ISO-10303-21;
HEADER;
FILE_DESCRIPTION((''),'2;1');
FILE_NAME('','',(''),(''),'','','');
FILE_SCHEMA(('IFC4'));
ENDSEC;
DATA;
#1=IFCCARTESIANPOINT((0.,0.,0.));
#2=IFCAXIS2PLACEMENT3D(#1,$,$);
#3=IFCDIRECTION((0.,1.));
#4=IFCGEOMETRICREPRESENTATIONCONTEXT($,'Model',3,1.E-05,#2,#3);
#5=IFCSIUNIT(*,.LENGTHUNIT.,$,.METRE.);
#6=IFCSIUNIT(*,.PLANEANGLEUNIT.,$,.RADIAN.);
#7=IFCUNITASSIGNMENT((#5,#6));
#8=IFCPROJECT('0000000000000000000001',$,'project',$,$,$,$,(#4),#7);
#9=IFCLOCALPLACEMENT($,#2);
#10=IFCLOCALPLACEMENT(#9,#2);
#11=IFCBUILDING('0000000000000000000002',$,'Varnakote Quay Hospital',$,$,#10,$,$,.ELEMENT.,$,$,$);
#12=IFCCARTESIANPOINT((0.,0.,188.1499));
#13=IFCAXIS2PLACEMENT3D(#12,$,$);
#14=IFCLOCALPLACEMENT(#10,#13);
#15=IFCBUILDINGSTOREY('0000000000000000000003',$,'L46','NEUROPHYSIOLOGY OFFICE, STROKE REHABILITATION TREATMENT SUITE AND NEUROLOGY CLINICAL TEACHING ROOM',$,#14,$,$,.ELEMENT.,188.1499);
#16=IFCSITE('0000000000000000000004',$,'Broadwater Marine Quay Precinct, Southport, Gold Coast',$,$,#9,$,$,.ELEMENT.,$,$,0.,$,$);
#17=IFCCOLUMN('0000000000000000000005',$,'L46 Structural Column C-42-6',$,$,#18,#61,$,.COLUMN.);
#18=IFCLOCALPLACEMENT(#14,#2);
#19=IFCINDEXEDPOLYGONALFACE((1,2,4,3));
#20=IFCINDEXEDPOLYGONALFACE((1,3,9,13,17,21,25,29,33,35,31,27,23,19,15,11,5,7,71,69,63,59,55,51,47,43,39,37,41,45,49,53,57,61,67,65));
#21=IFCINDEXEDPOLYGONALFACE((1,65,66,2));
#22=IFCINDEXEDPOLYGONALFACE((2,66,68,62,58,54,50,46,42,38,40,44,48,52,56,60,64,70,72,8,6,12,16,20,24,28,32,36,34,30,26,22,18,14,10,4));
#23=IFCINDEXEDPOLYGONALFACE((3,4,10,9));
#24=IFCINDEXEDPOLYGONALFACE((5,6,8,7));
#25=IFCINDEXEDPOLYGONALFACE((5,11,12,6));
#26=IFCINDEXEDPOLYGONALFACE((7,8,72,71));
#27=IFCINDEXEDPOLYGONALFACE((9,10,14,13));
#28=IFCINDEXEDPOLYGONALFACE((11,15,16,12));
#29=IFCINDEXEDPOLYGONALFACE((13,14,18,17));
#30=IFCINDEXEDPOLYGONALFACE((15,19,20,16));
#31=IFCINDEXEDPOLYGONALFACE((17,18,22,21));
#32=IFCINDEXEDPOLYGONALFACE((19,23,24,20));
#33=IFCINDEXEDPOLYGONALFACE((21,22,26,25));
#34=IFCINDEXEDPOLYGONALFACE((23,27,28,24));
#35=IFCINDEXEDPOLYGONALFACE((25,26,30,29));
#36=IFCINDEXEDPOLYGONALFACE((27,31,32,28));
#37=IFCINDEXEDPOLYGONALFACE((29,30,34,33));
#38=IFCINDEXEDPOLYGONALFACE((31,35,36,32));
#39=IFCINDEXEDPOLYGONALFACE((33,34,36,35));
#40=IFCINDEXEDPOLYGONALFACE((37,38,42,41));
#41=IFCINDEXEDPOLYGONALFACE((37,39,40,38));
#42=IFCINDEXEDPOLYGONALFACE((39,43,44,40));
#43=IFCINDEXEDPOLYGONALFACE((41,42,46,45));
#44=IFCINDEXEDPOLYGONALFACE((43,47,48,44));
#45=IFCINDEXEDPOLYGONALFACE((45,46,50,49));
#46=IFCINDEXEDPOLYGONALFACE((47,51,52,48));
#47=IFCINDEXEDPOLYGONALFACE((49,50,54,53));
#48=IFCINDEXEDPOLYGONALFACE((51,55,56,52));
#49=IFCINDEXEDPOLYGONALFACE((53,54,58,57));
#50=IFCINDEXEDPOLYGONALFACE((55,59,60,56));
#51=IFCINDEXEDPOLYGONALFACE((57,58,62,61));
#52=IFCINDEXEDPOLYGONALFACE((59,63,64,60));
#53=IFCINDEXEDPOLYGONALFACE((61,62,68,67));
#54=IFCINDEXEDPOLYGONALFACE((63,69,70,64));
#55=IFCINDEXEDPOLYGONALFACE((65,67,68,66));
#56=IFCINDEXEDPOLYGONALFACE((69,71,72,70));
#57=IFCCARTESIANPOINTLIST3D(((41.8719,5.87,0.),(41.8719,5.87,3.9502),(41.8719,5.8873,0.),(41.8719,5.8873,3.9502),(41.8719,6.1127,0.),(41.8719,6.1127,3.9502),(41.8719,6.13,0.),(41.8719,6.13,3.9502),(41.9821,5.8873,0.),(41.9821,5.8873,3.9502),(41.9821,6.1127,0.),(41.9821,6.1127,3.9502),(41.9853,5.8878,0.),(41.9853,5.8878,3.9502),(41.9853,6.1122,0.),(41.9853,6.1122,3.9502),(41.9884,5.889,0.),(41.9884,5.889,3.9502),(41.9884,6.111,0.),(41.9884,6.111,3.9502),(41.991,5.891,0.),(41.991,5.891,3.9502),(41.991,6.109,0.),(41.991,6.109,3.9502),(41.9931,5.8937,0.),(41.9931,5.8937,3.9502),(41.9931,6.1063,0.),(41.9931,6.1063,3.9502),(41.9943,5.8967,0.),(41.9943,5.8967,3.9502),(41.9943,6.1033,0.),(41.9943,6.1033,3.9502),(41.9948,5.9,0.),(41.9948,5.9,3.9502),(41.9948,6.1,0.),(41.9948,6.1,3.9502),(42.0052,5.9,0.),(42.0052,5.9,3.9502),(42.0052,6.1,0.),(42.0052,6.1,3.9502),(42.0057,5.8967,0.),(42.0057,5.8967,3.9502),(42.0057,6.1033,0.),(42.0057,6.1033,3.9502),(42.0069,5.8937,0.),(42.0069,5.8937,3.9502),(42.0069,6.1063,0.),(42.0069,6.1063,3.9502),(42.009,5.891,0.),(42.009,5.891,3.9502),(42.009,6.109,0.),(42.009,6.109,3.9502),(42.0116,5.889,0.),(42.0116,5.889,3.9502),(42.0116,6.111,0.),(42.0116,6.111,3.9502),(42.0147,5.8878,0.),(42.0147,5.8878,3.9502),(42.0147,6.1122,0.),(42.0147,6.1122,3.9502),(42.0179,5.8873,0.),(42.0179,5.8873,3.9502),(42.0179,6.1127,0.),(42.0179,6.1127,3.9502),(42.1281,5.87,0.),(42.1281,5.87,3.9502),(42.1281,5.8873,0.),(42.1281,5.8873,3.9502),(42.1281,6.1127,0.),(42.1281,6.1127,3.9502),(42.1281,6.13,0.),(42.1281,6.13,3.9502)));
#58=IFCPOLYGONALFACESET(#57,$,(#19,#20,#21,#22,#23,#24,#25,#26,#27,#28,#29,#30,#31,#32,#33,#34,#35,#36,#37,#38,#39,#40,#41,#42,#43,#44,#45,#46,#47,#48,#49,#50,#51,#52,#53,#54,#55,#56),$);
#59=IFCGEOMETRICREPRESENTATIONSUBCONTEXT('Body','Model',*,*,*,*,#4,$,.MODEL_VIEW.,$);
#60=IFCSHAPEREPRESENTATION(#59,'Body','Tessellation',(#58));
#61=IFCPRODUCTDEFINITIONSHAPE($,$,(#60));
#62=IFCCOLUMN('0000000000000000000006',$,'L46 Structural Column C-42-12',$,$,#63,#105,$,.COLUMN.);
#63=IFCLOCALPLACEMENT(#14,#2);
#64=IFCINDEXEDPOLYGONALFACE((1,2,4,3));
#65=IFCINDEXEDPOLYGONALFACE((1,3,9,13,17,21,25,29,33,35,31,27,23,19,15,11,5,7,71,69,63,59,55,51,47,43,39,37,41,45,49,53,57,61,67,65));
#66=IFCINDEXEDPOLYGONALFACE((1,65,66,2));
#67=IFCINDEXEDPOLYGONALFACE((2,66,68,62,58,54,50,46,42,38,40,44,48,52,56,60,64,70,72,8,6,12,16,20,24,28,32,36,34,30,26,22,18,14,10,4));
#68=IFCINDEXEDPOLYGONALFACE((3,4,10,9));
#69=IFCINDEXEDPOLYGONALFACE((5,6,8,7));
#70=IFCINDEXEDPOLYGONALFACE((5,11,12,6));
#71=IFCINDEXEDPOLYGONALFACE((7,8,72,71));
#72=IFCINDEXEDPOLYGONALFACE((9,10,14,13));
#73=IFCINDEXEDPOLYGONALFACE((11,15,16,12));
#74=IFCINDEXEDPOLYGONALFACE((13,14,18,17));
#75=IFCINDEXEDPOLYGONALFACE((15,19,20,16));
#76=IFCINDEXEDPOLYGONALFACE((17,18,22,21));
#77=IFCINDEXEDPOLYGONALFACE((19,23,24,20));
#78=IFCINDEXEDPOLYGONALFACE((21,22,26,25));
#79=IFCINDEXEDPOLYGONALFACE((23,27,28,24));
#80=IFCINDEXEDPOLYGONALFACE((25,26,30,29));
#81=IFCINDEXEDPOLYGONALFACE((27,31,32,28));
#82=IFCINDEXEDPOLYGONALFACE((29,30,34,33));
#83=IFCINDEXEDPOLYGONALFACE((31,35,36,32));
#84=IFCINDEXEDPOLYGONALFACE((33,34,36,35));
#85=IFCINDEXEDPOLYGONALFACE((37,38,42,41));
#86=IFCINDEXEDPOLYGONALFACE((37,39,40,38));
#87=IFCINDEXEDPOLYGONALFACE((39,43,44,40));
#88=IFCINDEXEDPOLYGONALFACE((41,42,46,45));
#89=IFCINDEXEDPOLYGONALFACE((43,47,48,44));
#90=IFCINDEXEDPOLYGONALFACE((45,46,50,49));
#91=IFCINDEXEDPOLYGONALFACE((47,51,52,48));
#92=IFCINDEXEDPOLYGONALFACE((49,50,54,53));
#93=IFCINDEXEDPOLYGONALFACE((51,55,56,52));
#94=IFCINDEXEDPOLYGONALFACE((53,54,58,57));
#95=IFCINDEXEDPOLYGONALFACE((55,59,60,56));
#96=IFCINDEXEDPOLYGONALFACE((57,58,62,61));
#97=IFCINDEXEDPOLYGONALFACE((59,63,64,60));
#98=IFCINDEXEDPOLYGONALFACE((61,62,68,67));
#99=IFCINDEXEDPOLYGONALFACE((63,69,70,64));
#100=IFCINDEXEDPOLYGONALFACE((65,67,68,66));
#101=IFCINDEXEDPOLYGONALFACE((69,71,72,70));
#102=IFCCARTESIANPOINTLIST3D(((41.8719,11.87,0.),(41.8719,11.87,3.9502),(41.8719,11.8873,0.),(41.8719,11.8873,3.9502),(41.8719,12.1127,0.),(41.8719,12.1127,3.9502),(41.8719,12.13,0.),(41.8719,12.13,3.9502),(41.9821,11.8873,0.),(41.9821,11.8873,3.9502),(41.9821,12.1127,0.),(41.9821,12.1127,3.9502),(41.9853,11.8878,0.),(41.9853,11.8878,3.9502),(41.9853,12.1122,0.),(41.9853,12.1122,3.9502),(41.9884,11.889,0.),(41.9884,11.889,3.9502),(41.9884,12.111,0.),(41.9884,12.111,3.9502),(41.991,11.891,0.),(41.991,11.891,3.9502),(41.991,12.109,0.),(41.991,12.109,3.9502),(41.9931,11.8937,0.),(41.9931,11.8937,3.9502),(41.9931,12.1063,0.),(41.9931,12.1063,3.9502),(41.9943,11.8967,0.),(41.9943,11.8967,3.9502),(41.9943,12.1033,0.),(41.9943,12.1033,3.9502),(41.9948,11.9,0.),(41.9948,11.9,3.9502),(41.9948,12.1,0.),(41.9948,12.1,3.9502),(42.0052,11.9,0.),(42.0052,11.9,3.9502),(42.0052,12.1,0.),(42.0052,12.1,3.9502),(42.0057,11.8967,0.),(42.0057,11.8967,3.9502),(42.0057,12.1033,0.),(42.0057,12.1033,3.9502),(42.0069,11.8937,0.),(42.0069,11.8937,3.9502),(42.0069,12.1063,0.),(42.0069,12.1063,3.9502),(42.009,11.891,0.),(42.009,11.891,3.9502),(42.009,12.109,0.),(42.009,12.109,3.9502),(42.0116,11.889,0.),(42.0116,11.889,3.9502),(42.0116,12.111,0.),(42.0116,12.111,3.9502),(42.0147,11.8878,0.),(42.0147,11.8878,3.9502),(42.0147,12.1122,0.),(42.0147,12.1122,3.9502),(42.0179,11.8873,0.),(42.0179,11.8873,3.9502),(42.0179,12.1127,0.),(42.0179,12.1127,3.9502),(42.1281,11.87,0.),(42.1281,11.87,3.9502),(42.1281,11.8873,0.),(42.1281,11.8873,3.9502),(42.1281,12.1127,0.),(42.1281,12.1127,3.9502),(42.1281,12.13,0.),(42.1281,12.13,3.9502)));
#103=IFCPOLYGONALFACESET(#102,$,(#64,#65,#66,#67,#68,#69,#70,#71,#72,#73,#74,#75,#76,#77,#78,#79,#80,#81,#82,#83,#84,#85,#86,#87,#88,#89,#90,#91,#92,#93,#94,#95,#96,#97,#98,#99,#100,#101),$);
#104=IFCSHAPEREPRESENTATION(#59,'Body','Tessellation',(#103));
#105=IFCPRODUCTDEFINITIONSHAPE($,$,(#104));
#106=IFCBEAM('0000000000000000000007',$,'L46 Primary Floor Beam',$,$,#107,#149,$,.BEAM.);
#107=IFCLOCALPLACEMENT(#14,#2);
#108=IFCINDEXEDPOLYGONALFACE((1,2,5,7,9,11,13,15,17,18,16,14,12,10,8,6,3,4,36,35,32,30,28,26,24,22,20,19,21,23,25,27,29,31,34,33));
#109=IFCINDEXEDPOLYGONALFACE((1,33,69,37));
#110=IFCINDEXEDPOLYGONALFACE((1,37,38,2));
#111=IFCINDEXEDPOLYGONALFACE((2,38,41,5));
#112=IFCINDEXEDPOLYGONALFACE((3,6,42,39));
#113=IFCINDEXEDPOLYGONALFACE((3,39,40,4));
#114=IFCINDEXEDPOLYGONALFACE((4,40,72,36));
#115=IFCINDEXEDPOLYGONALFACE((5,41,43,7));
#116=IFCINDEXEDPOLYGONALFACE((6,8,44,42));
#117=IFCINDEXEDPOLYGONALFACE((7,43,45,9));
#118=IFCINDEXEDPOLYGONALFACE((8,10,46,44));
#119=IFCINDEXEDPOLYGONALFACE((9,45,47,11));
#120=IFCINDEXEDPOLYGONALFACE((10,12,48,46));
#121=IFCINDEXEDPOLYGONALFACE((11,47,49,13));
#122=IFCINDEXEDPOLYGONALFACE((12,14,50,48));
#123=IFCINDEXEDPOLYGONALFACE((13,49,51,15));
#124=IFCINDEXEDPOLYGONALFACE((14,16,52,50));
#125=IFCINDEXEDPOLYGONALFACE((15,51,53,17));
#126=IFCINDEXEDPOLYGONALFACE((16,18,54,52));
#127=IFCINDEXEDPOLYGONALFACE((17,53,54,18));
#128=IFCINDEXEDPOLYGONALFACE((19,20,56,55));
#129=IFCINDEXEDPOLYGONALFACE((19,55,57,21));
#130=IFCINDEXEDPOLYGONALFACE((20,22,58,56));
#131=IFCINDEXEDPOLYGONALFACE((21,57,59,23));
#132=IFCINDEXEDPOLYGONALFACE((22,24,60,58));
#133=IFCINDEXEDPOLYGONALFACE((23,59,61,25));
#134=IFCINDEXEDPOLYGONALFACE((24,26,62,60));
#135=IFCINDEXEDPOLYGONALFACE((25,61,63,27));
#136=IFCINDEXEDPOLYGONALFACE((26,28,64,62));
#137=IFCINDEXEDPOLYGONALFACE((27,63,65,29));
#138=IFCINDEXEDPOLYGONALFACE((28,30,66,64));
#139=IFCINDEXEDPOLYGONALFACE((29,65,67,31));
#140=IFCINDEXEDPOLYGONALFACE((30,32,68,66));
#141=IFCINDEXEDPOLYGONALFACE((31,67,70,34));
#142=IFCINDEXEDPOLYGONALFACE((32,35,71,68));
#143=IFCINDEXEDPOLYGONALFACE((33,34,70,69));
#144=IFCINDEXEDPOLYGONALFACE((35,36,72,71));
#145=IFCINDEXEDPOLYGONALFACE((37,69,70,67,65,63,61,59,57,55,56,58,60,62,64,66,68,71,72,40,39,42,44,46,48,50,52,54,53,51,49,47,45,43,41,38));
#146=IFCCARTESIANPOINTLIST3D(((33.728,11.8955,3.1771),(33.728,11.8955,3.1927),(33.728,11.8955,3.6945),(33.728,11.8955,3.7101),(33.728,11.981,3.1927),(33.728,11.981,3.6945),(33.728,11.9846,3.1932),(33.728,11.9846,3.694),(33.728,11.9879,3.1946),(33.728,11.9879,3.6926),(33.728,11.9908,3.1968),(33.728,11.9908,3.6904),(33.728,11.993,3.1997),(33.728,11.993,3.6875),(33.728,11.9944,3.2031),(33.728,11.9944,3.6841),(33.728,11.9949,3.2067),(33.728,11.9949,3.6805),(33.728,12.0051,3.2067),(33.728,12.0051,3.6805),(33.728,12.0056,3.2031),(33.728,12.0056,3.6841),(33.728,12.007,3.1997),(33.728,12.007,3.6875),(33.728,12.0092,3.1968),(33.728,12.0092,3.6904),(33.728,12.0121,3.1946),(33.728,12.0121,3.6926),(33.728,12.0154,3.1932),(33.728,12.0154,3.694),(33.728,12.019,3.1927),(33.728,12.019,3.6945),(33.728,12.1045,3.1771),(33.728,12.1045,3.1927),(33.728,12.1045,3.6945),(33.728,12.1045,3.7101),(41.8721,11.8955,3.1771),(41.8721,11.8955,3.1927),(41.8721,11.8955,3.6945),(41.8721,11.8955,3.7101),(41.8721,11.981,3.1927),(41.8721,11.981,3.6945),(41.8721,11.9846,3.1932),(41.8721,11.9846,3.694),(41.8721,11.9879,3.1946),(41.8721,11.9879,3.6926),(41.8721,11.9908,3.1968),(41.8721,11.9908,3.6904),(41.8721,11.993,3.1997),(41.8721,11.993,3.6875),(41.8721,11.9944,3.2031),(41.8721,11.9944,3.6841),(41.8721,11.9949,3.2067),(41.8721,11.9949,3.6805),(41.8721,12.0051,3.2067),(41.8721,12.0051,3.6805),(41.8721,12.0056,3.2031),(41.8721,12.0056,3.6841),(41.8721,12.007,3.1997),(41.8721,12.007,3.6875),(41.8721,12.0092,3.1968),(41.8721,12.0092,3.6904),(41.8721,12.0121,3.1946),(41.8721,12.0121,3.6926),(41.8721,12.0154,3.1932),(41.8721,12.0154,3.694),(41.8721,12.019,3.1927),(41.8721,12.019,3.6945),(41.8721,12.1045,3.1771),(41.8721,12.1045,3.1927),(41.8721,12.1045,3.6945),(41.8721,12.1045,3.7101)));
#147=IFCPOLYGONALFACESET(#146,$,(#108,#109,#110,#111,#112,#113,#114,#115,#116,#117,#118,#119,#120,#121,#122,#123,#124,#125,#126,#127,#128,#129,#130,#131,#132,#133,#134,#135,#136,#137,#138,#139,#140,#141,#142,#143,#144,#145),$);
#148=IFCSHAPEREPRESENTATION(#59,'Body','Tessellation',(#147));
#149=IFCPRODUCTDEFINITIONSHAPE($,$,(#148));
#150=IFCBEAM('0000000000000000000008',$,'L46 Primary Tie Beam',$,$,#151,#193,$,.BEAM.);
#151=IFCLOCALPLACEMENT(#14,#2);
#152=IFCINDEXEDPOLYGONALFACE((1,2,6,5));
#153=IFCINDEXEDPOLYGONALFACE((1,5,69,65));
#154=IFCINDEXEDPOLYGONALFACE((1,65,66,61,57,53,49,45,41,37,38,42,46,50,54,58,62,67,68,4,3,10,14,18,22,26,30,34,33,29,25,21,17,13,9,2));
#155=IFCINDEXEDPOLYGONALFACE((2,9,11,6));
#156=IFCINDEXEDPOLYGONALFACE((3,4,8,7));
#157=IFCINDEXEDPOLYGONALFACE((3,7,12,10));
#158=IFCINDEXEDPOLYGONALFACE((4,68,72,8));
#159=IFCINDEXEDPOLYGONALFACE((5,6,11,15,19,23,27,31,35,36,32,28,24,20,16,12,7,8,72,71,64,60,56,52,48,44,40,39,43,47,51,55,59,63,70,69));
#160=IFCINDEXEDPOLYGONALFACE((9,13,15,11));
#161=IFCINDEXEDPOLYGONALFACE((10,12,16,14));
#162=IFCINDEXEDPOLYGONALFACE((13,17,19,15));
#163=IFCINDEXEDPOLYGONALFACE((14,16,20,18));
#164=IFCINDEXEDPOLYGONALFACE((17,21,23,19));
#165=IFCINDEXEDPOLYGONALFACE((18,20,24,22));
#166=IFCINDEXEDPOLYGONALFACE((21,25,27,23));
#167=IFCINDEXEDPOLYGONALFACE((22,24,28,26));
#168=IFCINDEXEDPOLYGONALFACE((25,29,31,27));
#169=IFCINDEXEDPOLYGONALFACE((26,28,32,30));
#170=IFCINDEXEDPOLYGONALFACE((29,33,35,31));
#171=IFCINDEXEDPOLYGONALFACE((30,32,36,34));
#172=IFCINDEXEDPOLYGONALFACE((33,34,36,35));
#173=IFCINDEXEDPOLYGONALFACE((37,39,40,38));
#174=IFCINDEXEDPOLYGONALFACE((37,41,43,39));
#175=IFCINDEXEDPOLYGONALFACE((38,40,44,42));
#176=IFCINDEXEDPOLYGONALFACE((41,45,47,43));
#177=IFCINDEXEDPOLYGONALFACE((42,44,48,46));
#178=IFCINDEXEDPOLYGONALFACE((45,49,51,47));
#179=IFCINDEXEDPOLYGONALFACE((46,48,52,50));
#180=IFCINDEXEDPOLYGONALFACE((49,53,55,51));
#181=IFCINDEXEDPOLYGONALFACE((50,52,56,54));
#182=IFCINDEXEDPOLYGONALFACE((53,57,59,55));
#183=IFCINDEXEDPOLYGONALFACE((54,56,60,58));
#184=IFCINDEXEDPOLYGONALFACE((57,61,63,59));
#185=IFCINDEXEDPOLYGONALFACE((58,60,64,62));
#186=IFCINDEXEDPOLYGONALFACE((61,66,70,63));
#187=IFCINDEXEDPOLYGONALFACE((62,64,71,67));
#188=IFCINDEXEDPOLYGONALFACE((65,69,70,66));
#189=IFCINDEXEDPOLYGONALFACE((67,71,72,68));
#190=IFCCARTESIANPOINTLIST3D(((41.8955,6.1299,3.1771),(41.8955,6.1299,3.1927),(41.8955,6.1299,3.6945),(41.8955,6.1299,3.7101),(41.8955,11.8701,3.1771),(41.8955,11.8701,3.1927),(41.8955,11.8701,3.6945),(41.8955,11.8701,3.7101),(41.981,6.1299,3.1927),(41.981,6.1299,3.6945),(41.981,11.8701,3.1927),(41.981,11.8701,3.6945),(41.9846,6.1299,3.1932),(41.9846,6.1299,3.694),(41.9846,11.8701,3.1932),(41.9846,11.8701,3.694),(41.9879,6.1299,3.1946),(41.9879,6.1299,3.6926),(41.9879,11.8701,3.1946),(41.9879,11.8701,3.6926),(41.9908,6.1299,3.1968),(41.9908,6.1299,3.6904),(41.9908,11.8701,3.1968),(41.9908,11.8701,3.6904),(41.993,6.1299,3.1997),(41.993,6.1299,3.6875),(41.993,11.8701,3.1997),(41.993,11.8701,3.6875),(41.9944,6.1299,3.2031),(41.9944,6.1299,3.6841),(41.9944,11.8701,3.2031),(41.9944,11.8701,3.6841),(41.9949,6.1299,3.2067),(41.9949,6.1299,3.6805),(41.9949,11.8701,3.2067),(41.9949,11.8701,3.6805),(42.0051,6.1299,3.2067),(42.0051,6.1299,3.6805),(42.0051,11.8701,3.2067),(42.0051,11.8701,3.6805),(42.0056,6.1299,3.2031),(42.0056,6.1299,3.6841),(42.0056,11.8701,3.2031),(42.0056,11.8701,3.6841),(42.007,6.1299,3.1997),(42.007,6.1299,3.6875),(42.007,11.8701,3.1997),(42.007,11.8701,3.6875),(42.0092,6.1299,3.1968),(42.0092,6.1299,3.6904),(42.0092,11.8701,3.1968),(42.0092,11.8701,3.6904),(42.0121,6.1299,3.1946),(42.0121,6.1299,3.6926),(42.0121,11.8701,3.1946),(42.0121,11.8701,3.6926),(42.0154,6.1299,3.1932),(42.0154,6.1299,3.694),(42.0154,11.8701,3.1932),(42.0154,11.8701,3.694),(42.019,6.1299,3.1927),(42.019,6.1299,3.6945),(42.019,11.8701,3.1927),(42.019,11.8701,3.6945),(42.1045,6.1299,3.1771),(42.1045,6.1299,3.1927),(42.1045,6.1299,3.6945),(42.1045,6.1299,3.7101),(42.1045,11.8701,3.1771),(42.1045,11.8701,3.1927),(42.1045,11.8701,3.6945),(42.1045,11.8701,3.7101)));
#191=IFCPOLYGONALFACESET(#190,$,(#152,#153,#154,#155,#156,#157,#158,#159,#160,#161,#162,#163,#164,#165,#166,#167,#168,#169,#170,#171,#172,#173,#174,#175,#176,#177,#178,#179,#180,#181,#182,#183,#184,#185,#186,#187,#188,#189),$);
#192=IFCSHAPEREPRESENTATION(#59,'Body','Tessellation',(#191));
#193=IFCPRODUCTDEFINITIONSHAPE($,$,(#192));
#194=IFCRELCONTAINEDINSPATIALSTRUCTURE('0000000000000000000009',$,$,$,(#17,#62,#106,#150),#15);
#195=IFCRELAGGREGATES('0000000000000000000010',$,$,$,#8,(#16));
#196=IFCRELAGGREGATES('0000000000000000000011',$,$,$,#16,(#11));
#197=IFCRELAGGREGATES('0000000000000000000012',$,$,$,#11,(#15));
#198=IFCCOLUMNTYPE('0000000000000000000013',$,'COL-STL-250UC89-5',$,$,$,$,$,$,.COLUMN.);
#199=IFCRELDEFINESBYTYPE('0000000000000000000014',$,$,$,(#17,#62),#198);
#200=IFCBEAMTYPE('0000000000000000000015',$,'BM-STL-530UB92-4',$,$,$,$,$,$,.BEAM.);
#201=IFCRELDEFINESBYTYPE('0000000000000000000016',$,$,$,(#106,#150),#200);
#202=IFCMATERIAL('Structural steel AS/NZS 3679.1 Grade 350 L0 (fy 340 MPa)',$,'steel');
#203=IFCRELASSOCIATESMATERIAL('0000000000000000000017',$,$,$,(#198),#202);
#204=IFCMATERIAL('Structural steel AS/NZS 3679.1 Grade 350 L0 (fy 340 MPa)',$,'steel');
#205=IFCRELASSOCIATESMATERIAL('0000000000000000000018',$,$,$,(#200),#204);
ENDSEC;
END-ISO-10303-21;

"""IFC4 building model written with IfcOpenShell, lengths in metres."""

from ifc_helpers import new_model, si_unit, direction, frame, origin, origin_2d, place, context, subcontext, project, spatial, i_section, extrude, material, material_profile, profile_set, type_object, element, save


model = new_model("IFC4")

# Units and contexts
model_context = context("Model", 3, precision=1e-05, world=origin(), true_north=direction((0.0, 1.0)))
body_context = subcontext(model_context, "Body", "Model", "MODEL_VIEW")
ifc_project = project(units=[si_unit("LENGTHUNIT", "METRE"), si_unit("PLANEANGLEUNIT", "RADIAN")], contexts=[model_context])

# Site, building, storey
site_placement = place(None, origin())
site = spatial("IfcSite", under=ifc_project, at=site_placement, Name="Broadwater Marine Quay Precinct, Southport, Gold Coast", CompositionType="ELEMENT", RefElevation=0.0)
building_placement = place(site_placement, origin())
building = spatial("IfcBuilding", under=site, at=building_placement, Name="Varnakote Quay Hospital", CompositionType="ELEMENT")
storey_placement = place(building_placement, frame((0.0, 0.0, 188.1499)))
storey = spatial("IfcBuildingStorey", under=building, at=storey_placement, Name="L46", Description="NEUROPHYSIOLOGY OFFICE, STROKE REHABILITATION TREATMENT SUITE AND NEUROLOGY CLINICAL TEACHING ROOM", CompositionType="ELEMENT", Elevation=188.1499)

# Columns
ifc_material_1 = material(Name="Structural steel AS/NZS 3679.1 Grade 350 L0 (fy 340 MPa)", Category="steel")
ifc_material_profile_1 = material_profile(ifc_material_1, i_section(OverallWidth=0.2561, OverallDepth=0.26, WebThickness=0.0105, FlangeThickness=0.0173, FilletRadius=0.0127, at=origin_2d()), Name="250UC89.5")
ifc_profile_set_1 = profile_set([ifc_material_profile_1], Name="Structural steel AS/NZS 3679.1 Grade 350 L0 (fy 340 MPa)")
column_type = type_object("IfcColumnType", Name="COL-STL-250UC89-5", PredefinedType="COLUMN", material=ifc_profile_set_1)
for number, where, z_axis, x_axis, name in (
    (1, (42.0, 6.0, 0.0), (0.0, 0.0, 1.0), (1.0, 0.0, 0.0), "L46 Structural Column C-42-6"),
    (2, (42.0, 12.0, 0.0), (0.0, 0.0, 1.0), (1.0, 0.0, 0.0), "L46 Structural Column C-42-12"),
):
    element("IfcColumn", number, at=place(storey_placement, frame(where, z_axis=z_axis, x_axis=x_axis)), inside=storey, type_object=column_type, Name=name, PredefinedType="COLUMN", context=body_context, shape_type="SweptSolid", body=[
        extrude(i_section(OverallWidth=0.2561, OverallDepth=0.26, WebThickness=0.0105, FlangeThickness=0.0173, FilletRadius=0.0127, at=origin_2d()), origin(), (0.0, 0.0, 1.0), 3.9502),
    ])

# Beams
ifc_material_2 = material(Name="Structural steel AS/NZS 3679.1 Grade 350 L0 (fy 340 MPa)", Category="steel")
ifc_material_profile_2 = material_profile(ifc_material_2, i_section(OverallWidth=0.209, OverallDepth=0.533, WebThickness=0.0103, FlangeThickness=0.0156, FilletRadius=0.0139, at=origin_2d()), Name="530UB92.4")
ifc_profile_set_2 = profile_set([ifc_material_profile_2], Name="Structural steel AS/NZS 3679.1 Grade 350 L0 (fy 340 MPa)")
beam_type_1 = type_object("IfcBeamType", Name="BM-STL-530UB92-4", PredefinedType="BEAM", material=ifc_profile_set_2)
beam_1_placement = place(storey_placement, frame((33.728, 12.0, 3.4436), z_axis=(1.0, 0.0, 0.0), x_axis=(0.0, 1.0, 0.0)))
element("IfcBeam", 3, at=beam_1_placement, inside=storey, type_object=beam_type_1, Name="L46 Primary Floor Beam", PredefinedType="BEAM", context=body_context, shape_type="SweptSolid", body=[
    extrude(i_section(OverallWidth=0.209, OverallDepth=0.533, WebThickness=0.0103, FlangeThickness=0.0156, FilletRadius=0.0139, at=origin_2d()), origin(), (0.0, 0.0, 1.0), 8.144),
])
beam_2_placement = place(storey_placement, frame((42.0, 6.1299, 3.4436), z_axis=(0.0, 1.0, 0.0), x_axis=(-1.0, 0.0, 0.0)))
element("IfcBeam", 4, at=beam_2_placement, inside=storey, type_object=beam_type_1, Name="L46 Primary Tie Beam", PredefinedType="BEAM", context=body_context, shape_type="SweptSolid", body=[
    extrude(i_section(OverallWidth=0.209, OverallDepth=0.533, WebThickness=0.0103, FlangeThickness=0.0156, FilletRadius=0.0139, at=origin_2d()), origin(), (0.0, 0.0, 1.0), 5.7402),
])

save(model, "model.ifc")
